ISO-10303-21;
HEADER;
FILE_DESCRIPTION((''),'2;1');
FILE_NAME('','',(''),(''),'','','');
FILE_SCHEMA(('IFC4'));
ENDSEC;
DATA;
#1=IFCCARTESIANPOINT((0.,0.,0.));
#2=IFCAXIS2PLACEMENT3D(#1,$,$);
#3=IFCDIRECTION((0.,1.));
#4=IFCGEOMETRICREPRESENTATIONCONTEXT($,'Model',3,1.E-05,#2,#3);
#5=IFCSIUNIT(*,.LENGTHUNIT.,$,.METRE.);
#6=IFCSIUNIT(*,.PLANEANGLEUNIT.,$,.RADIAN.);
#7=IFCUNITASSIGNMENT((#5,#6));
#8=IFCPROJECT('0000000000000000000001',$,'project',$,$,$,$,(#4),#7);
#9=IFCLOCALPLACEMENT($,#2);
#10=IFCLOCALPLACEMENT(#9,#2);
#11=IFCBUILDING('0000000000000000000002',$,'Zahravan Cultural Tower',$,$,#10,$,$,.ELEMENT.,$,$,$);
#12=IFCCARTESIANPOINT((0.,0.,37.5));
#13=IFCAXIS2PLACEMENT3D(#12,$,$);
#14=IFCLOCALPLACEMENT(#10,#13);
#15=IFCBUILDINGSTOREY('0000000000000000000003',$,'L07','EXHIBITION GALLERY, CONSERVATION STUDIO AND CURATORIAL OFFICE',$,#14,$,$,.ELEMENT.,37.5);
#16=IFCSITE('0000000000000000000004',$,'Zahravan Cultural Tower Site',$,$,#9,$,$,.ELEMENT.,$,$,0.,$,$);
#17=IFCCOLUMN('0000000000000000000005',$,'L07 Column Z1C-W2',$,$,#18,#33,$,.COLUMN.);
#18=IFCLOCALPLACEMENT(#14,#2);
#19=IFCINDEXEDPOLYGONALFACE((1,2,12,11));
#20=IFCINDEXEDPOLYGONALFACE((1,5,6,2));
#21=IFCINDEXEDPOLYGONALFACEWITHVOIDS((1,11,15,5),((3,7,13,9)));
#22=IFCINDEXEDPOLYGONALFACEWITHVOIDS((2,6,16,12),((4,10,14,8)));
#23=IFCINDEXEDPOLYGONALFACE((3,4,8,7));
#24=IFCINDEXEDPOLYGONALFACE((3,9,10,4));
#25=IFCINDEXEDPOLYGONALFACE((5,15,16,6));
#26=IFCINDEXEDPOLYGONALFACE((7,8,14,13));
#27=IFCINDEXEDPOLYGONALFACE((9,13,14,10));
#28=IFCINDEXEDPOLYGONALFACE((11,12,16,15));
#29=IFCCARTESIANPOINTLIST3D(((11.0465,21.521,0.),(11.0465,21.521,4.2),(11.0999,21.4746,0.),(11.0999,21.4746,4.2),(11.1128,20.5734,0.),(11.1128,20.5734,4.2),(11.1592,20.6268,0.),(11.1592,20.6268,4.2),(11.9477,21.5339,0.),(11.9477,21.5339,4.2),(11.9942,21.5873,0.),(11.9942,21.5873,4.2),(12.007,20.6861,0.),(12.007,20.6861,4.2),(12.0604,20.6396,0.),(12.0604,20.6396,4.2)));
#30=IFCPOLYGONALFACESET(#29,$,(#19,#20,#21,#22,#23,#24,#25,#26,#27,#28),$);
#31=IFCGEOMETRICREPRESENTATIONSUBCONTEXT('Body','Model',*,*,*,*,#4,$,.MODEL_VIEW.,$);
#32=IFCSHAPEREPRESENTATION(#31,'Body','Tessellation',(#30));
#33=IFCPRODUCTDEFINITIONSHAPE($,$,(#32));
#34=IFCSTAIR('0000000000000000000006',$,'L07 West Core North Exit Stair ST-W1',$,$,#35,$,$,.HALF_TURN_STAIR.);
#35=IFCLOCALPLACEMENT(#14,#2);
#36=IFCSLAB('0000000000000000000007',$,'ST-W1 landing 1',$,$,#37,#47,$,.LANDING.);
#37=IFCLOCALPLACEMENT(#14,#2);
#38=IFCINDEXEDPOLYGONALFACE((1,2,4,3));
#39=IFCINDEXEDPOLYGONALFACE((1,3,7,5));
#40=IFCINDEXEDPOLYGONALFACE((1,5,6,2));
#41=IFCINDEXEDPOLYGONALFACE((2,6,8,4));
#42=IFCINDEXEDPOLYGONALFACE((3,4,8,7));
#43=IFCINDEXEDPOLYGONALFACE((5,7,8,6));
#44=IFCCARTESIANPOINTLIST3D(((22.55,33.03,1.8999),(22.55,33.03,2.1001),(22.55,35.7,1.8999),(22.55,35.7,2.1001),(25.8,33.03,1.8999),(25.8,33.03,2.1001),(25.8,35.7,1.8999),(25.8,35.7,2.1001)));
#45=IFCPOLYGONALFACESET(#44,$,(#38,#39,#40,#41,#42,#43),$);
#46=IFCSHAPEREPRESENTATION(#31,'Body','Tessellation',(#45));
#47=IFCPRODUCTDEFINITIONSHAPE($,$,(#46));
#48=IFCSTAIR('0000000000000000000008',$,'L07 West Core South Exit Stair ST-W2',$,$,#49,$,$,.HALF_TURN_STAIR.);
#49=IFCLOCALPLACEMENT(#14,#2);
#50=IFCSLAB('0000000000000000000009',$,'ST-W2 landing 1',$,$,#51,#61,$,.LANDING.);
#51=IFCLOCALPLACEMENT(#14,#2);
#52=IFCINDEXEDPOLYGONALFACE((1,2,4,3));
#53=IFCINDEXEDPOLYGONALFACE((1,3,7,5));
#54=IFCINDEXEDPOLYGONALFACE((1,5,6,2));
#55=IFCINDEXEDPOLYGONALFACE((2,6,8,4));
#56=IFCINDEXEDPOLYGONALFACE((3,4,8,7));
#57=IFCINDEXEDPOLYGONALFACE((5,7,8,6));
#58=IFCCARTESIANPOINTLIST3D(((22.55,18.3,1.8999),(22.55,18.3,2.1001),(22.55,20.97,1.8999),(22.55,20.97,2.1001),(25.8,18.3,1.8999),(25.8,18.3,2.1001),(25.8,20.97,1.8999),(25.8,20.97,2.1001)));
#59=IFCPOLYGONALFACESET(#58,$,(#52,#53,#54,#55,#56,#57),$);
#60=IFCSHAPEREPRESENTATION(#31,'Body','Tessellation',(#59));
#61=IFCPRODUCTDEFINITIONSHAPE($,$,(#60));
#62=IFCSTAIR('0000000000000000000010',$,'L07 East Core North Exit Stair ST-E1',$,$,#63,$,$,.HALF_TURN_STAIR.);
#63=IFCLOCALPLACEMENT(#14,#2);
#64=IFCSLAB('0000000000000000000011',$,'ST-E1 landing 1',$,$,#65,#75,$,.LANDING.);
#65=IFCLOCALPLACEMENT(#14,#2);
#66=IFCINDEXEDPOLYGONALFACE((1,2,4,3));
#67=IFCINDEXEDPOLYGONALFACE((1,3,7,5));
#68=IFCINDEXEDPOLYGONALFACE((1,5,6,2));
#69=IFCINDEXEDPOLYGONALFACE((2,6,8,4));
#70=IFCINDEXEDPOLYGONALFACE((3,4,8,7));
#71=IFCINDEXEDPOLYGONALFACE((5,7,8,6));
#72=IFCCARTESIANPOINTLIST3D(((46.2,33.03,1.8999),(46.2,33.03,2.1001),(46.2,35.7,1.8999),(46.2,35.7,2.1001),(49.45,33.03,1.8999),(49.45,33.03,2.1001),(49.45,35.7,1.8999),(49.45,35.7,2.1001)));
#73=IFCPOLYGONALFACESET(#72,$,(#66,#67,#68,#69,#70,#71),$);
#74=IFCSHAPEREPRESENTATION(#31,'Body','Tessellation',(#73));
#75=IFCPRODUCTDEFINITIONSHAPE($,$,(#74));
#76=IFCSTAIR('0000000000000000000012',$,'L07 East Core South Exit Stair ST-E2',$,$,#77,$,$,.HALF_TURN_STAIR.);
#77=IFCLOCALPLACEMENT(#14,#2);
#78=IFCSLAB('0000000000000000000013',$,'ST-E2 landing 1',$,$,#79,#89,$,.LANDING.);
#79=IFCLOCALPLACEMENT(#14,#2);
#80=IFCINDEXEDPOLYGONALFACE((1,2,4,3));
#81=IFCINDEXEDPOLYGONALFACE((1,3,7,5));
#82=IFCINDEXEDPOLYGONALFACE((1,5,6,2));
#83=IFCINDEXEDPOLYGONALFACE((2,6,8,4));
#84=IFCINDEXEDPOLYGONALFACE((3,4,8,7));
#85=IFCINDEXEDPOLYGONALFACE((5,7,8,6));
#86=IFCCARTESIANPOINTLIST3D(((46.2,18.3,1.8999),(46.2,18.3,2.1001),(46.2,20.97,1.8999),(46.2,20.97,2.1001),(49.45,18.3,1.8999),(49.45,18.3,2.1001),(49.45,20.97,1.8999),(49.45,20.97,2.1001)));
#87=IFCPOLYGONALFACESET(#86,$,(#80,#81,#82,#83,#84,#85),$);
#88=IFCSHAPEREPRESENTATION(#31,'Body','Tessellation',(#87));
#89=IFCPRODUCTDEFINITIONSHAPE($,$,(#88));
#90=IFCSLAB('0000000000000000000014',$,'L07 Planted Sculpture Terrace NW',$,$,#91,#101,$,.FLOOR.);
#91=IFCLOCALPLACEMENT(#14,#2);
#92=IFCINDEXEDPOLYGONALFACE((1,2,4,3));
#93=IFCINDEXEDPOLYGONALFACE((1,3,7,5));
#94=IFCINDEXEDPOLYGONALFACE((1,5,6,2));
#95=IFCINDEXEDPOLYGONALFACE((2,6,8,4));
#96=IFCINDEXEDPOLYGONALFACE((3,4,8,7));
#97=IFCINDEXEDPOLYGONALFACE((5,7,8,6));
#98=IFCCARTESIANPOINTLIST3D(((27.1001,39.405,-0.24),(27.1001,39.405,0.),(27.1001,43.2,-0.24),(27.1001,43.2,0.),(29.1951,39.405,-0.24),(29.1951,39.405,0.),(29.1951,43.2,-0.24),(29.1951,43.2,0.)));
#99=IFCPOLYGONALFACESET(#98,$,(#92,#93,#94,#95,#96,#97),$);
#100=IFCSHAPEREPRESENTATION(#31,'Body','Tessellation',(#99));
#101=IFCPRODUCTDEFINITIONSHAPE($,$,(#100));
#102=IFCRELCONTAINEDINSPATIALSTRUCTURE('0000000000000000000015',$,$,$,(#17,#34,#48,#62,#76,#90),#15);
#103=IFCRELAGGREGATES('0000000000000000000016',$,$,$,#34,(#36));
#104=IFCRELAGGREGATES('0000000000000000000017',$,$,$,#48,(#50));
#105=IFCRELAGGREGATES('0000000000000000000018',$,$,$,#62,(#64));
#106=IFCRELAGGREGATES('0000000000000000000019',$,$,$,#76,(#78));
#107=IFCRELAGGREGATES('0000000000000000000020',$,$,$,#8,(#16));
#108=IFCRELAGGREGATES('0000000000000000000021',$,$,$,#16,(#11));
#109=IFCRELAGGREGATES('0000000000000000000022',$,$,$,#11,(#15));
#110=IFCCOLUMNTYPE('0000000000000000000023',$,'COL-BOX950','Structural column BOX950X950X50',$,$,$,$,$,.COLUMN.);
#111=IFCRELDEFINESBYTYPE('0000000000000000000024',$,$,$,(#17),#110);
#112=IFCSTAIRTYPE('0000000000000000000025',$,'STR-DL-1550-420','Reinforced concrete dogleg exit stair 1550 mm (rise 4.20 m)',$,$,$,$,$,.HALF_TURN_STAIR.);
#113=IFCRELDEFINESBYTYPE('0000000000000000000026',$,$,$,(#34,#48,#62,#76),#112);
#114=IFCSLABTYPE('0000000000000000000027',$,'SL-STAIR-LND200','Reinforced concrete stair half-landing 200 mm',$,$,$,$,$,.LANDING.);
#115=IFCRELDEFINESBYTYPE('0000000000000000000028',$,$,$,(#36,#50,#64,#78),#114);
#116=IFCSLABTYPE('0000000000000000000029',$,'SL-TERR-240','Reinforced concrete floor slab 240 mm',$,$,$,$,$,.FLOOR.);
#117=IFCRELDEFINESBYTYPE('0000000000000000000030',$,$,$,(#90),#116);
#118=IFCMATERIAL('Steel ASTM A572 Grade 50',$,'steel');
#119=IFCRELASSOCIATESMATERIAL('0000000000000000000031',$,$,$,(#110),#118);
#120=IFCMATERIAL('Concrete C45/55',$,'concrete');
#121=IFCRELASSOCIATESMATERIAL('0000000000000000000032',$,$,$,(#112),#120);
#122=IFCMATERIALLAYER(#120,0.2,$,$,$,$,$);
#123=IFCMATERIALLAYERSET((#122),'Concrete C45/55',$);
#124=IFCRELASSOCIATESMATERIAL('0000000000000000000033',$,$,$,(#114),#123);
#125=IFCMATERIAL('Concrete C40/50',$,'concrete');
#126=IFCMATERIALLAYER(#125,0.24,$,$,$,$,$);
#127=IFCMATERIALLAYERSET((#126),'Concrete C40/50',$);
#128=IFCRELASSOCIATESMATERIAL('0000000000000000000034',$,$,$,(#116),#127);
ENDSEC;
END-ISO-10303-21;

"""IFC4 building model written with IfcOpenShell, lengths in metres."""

from ifc_helpers import new_model, si_unit, direction, frame, origin, origin_2d, place, context, subcontext, project, spatial, polyline, hollow_rectangle, outline, extrude, source, transform, mapped, material, layer, layer_set, material_profile, profile_set, type_object, element, aggregate, save


model = new_model("IFC4")

# Units and contexts
model_context = context("Model", 3, precision=1e-05, world=origin(), true_north=direction((0.0, 1.0)))
body_context = subcontext(model_context, "Body", "Model", "MODEL_VIEW")
ifc_project = project(units=[si_unit("LENGTHUNIT", "METRE"), si_unit("PLANEANGLEUNIT", "RADIAN")], contexts=[model_context])

# Site, building, storey
site_placement = place(None, origin())
site = spatial("IfcSite", under=ifc_project, at=site_placement, Name="Zahravan Cultural Tower Site", CompositionType="ELEMENT", RefElevation=0.0)
building_placement = place(site_placement, origin())
building = spatial("IfcBuilding", under=site, at=building_placement, Name="Zahravan Cultural Tower", CompositionType="ELEMENT")
storey_placement = place(building_placement, frame((0.0, 0.0, 37.5)))
storey = spatial("IfcBuildingStorey", under=building, at=storey_placement, Name="L07", Description="EXHIBITION GALLERY, CONSERVATION STUDIO AND CURATORIAL OFFICE", CompositionType="ELEMENT", Elevation=37.5)

# Column
ifc_material_1 = material(Name="Steel ASTM A572 Grade 50", Category="steel")
ifc_material_profile = material_profile(ifc_material_1, hollow_rectangle(XDim=0.95, YDim=0.95, WallThickness=0.05, at=origin_2d()), Name="BOX950X950X50")
ifc_profile_set = profile_set([ifc_material_profile], Name="Steel ASTM A572 Grade 50")
column_type = type_object("IfcColumnType", Name="COL-BOX950", Description="Structural column BOX950X950X50", PredefinedType="COLUMN", material=ifc_profile_set)
shared_shape_1 = source(origin(), body_context, "Body", "SweptSolid", [
    extrude(hollow_rectangle(XDim=0.95, YDim=0.95, WallThickness=0.05, at=origin_2d()), origin(), (0.0, 0.0, 1.0), 4.2),
])
column_placement = place(storey_placement, frame((11.5535, 21.0803, 0.0), z_axis=(0.0, 0.0, 1.0), x_axis=(0.997564, 0.069756, 0.0)))
element("IfcColumn", 1, at=column_placement, inside=storey, type_object=column_type, Name="L07 Column Z1C-W2", PredefinedType="COLUMN", context=body_context, shape_type="MappedRepresentation", body=[
    mapped(shared_shape_1, transform((0.0, 0.0, 0.0), x_axis=(1.0, 0.0, 0.0), y_axis=(0.0, 1.0, 0.0), z_axis=(0.0, 0.0, 1.0), scale=1.0)),
])

# Stairs, slabs
ifc_material_2 = material(Name="Concrete C45/55", Category="concrete")
stair_type = type_object("IfcStairType", Name="STR-DL-1550-420", Description="Reinforced concrete dogleg exit stair 1550 mm (rise 4.20 m)", PredefinedType="HALF_TURN_STAIR", material=ifc_material_2)
stair_1_placement = place(storey_placement, origin())
stair_1 = element("IfcStair", 2, at=stair_1_placement, inside=storey, type_object=stair_type, Name="L07 West Core North Exit Stair ST-W1", PredefinedType="HALF_TURN_STAIR")
ifc_layer_1 = layer(ifc_material_2, 0.2)
ifc_layer_set_1 = layer_set([ifc_layer_1], Name="Concrete C45/55")
slab_type_1 = type_object("IfcSlabType", Name="SL-STAIR-LND200", Description="Reinforced concrete stair half-landing 200 mm", PredefinedType="LANDING", material=ifc_layer_set_1)
slab_1_placement = place(storey_placement, frame((0.0, 0.0, 1.8999)))
slab_1 = element("IfcSlab", 3, at=slab_1_placement, type_object=slab_type_1, Name="ST-W1 landing 1", PredefinedType="LANDING", context=body_context, shape_type="SweptSolid", body=[
    extrude(outline(polyline([(25.8, 33.03), (25.8, 35.7), (22.55, 35.7), (22.55, 33.03), (25.8, 33.03)])), origin(), (0.0, 0.0, 1.0), 0.2002),
])
aggregate(stair_1, [slab_1])
stair_2_placement = place(storey_placement, origin())
stair_2 = element("IfcStair", 4, at=stair_2_placement, inside=storey, type_object=stair_type, Name="L07 West Core South Exit Stair ST-W2", PredefinedType="HALF_TURN_STAIR")
slab_2_placement = place(storey_placement, frame((0.0, 0.0, 1.8999)))
slab_2 = element("IfcSlab", 5, at=slab_2_placement, type_object=slab_type_1, Name="ST-W2 landing 1", PredefinedType="LANDING", context=body_context, shape_type="SweptSolid", body=[
    extrude(outline(polyline([(22.55, 20.97), (22.55, 18.3), (25.8, 18.3), (25.8, 20.97), (22.55, 20.97)])), origin(), (0.0, 0.0, 1.0), 0.2002),
])
aggregate(stair_2, [slab_2])
stair_3_placement = place(storey_placement, origin())
stair_3 = element("IfcStair", 6, at=stair_3_placement, inside=storey, type_object=stair_type, Name="L07 East Core North Exit Stair ST-E1", PredefinedType="HALF_TURN_STAIR")
slab_3_placement = place(storey_placement, frame((0.0, 0.0, 1.8999)))
slab_3 = element("IfcSlab", 7, at=slab_3_placement, type_object=slab_type_1, Name="ST-E1 landing 1", PredefinedType="LANDING", context=body_context, shape_type="SweptSolid", body=[
    extrude(outline(polyline([(49.45, 33.03), (49.45, 35.7), (46.2, 35.7), (46.2, 33.03), (49.45, 33.03)])), origin(), (0.0, 0.0, 1.0), 0.2002),
])
aggregate(stair_3, [slab_3])
stair_4_placement = place(storey_placement, origin())
stair_4 = element("IfcStair", 8, at=stair_4_placement, inside=storey, type_object=stair_type, Name="L07 East Core South Exit Stair ST-E2", PredefinedType="HALF_TURN_STAIR")
slab_4_placement = place(storey_placement, frame((0.0, 0.0, 1.8999)))
slab_4 = element("IfcSlab", 9, at=slab_4_placement, type_object=slab_type_1, Name="ST-E2 landing 1", PredefinedType="LANDING", context=body_context, shape_type="SweptSolid", body=[
    extrude(outline(polyline([(46.2, 20.97), (46.2, 18.3), (49.45, 18.3), (49.45, 20.97), (46.2, 20.97)])), origin(), (0.0, 0.0, 1.0), 0.2002),
])
aggregate(stair_4, [slab_4])

# Slab
ifc_material_3 = material(Name="Concrete C40/50", Category="concrete")
ifc_layer_2 = layer(ifc_material_3, 0.24)
ifc_layer_set_2 = layer_set([ifc_layer_2], Name="Concrete C40/50")
slab_type_2 = type_object("IfcSlabType", Name="SL-TERR-240", Description="Reinforced concrete floor slab 240 mm", PredefinedType="FLOOR", material=ifc_layer_set_2)
slab_5_placement = place(storey_placement, frame((0.0, 0.0, -0.24)))
element("IfcSlab", 10, at=slab_5_placement, inside=storey, type_object=slab_type_2, Name="L07 Planted Sculpture Terrace NW", PredefinedType="FLOOR", context=body_context, shape_type="SweptSolid", body=[
    extrude(outline(polyline([(27.1001, 43.2), (27.1001, 39.405), (29.1951, 39.405), (29.1951, 43.2), (27.1001, 43.2)])), origin(), (0.0, 0.0, 1.0), 0.24),
])

save(model, "model.ifc")
